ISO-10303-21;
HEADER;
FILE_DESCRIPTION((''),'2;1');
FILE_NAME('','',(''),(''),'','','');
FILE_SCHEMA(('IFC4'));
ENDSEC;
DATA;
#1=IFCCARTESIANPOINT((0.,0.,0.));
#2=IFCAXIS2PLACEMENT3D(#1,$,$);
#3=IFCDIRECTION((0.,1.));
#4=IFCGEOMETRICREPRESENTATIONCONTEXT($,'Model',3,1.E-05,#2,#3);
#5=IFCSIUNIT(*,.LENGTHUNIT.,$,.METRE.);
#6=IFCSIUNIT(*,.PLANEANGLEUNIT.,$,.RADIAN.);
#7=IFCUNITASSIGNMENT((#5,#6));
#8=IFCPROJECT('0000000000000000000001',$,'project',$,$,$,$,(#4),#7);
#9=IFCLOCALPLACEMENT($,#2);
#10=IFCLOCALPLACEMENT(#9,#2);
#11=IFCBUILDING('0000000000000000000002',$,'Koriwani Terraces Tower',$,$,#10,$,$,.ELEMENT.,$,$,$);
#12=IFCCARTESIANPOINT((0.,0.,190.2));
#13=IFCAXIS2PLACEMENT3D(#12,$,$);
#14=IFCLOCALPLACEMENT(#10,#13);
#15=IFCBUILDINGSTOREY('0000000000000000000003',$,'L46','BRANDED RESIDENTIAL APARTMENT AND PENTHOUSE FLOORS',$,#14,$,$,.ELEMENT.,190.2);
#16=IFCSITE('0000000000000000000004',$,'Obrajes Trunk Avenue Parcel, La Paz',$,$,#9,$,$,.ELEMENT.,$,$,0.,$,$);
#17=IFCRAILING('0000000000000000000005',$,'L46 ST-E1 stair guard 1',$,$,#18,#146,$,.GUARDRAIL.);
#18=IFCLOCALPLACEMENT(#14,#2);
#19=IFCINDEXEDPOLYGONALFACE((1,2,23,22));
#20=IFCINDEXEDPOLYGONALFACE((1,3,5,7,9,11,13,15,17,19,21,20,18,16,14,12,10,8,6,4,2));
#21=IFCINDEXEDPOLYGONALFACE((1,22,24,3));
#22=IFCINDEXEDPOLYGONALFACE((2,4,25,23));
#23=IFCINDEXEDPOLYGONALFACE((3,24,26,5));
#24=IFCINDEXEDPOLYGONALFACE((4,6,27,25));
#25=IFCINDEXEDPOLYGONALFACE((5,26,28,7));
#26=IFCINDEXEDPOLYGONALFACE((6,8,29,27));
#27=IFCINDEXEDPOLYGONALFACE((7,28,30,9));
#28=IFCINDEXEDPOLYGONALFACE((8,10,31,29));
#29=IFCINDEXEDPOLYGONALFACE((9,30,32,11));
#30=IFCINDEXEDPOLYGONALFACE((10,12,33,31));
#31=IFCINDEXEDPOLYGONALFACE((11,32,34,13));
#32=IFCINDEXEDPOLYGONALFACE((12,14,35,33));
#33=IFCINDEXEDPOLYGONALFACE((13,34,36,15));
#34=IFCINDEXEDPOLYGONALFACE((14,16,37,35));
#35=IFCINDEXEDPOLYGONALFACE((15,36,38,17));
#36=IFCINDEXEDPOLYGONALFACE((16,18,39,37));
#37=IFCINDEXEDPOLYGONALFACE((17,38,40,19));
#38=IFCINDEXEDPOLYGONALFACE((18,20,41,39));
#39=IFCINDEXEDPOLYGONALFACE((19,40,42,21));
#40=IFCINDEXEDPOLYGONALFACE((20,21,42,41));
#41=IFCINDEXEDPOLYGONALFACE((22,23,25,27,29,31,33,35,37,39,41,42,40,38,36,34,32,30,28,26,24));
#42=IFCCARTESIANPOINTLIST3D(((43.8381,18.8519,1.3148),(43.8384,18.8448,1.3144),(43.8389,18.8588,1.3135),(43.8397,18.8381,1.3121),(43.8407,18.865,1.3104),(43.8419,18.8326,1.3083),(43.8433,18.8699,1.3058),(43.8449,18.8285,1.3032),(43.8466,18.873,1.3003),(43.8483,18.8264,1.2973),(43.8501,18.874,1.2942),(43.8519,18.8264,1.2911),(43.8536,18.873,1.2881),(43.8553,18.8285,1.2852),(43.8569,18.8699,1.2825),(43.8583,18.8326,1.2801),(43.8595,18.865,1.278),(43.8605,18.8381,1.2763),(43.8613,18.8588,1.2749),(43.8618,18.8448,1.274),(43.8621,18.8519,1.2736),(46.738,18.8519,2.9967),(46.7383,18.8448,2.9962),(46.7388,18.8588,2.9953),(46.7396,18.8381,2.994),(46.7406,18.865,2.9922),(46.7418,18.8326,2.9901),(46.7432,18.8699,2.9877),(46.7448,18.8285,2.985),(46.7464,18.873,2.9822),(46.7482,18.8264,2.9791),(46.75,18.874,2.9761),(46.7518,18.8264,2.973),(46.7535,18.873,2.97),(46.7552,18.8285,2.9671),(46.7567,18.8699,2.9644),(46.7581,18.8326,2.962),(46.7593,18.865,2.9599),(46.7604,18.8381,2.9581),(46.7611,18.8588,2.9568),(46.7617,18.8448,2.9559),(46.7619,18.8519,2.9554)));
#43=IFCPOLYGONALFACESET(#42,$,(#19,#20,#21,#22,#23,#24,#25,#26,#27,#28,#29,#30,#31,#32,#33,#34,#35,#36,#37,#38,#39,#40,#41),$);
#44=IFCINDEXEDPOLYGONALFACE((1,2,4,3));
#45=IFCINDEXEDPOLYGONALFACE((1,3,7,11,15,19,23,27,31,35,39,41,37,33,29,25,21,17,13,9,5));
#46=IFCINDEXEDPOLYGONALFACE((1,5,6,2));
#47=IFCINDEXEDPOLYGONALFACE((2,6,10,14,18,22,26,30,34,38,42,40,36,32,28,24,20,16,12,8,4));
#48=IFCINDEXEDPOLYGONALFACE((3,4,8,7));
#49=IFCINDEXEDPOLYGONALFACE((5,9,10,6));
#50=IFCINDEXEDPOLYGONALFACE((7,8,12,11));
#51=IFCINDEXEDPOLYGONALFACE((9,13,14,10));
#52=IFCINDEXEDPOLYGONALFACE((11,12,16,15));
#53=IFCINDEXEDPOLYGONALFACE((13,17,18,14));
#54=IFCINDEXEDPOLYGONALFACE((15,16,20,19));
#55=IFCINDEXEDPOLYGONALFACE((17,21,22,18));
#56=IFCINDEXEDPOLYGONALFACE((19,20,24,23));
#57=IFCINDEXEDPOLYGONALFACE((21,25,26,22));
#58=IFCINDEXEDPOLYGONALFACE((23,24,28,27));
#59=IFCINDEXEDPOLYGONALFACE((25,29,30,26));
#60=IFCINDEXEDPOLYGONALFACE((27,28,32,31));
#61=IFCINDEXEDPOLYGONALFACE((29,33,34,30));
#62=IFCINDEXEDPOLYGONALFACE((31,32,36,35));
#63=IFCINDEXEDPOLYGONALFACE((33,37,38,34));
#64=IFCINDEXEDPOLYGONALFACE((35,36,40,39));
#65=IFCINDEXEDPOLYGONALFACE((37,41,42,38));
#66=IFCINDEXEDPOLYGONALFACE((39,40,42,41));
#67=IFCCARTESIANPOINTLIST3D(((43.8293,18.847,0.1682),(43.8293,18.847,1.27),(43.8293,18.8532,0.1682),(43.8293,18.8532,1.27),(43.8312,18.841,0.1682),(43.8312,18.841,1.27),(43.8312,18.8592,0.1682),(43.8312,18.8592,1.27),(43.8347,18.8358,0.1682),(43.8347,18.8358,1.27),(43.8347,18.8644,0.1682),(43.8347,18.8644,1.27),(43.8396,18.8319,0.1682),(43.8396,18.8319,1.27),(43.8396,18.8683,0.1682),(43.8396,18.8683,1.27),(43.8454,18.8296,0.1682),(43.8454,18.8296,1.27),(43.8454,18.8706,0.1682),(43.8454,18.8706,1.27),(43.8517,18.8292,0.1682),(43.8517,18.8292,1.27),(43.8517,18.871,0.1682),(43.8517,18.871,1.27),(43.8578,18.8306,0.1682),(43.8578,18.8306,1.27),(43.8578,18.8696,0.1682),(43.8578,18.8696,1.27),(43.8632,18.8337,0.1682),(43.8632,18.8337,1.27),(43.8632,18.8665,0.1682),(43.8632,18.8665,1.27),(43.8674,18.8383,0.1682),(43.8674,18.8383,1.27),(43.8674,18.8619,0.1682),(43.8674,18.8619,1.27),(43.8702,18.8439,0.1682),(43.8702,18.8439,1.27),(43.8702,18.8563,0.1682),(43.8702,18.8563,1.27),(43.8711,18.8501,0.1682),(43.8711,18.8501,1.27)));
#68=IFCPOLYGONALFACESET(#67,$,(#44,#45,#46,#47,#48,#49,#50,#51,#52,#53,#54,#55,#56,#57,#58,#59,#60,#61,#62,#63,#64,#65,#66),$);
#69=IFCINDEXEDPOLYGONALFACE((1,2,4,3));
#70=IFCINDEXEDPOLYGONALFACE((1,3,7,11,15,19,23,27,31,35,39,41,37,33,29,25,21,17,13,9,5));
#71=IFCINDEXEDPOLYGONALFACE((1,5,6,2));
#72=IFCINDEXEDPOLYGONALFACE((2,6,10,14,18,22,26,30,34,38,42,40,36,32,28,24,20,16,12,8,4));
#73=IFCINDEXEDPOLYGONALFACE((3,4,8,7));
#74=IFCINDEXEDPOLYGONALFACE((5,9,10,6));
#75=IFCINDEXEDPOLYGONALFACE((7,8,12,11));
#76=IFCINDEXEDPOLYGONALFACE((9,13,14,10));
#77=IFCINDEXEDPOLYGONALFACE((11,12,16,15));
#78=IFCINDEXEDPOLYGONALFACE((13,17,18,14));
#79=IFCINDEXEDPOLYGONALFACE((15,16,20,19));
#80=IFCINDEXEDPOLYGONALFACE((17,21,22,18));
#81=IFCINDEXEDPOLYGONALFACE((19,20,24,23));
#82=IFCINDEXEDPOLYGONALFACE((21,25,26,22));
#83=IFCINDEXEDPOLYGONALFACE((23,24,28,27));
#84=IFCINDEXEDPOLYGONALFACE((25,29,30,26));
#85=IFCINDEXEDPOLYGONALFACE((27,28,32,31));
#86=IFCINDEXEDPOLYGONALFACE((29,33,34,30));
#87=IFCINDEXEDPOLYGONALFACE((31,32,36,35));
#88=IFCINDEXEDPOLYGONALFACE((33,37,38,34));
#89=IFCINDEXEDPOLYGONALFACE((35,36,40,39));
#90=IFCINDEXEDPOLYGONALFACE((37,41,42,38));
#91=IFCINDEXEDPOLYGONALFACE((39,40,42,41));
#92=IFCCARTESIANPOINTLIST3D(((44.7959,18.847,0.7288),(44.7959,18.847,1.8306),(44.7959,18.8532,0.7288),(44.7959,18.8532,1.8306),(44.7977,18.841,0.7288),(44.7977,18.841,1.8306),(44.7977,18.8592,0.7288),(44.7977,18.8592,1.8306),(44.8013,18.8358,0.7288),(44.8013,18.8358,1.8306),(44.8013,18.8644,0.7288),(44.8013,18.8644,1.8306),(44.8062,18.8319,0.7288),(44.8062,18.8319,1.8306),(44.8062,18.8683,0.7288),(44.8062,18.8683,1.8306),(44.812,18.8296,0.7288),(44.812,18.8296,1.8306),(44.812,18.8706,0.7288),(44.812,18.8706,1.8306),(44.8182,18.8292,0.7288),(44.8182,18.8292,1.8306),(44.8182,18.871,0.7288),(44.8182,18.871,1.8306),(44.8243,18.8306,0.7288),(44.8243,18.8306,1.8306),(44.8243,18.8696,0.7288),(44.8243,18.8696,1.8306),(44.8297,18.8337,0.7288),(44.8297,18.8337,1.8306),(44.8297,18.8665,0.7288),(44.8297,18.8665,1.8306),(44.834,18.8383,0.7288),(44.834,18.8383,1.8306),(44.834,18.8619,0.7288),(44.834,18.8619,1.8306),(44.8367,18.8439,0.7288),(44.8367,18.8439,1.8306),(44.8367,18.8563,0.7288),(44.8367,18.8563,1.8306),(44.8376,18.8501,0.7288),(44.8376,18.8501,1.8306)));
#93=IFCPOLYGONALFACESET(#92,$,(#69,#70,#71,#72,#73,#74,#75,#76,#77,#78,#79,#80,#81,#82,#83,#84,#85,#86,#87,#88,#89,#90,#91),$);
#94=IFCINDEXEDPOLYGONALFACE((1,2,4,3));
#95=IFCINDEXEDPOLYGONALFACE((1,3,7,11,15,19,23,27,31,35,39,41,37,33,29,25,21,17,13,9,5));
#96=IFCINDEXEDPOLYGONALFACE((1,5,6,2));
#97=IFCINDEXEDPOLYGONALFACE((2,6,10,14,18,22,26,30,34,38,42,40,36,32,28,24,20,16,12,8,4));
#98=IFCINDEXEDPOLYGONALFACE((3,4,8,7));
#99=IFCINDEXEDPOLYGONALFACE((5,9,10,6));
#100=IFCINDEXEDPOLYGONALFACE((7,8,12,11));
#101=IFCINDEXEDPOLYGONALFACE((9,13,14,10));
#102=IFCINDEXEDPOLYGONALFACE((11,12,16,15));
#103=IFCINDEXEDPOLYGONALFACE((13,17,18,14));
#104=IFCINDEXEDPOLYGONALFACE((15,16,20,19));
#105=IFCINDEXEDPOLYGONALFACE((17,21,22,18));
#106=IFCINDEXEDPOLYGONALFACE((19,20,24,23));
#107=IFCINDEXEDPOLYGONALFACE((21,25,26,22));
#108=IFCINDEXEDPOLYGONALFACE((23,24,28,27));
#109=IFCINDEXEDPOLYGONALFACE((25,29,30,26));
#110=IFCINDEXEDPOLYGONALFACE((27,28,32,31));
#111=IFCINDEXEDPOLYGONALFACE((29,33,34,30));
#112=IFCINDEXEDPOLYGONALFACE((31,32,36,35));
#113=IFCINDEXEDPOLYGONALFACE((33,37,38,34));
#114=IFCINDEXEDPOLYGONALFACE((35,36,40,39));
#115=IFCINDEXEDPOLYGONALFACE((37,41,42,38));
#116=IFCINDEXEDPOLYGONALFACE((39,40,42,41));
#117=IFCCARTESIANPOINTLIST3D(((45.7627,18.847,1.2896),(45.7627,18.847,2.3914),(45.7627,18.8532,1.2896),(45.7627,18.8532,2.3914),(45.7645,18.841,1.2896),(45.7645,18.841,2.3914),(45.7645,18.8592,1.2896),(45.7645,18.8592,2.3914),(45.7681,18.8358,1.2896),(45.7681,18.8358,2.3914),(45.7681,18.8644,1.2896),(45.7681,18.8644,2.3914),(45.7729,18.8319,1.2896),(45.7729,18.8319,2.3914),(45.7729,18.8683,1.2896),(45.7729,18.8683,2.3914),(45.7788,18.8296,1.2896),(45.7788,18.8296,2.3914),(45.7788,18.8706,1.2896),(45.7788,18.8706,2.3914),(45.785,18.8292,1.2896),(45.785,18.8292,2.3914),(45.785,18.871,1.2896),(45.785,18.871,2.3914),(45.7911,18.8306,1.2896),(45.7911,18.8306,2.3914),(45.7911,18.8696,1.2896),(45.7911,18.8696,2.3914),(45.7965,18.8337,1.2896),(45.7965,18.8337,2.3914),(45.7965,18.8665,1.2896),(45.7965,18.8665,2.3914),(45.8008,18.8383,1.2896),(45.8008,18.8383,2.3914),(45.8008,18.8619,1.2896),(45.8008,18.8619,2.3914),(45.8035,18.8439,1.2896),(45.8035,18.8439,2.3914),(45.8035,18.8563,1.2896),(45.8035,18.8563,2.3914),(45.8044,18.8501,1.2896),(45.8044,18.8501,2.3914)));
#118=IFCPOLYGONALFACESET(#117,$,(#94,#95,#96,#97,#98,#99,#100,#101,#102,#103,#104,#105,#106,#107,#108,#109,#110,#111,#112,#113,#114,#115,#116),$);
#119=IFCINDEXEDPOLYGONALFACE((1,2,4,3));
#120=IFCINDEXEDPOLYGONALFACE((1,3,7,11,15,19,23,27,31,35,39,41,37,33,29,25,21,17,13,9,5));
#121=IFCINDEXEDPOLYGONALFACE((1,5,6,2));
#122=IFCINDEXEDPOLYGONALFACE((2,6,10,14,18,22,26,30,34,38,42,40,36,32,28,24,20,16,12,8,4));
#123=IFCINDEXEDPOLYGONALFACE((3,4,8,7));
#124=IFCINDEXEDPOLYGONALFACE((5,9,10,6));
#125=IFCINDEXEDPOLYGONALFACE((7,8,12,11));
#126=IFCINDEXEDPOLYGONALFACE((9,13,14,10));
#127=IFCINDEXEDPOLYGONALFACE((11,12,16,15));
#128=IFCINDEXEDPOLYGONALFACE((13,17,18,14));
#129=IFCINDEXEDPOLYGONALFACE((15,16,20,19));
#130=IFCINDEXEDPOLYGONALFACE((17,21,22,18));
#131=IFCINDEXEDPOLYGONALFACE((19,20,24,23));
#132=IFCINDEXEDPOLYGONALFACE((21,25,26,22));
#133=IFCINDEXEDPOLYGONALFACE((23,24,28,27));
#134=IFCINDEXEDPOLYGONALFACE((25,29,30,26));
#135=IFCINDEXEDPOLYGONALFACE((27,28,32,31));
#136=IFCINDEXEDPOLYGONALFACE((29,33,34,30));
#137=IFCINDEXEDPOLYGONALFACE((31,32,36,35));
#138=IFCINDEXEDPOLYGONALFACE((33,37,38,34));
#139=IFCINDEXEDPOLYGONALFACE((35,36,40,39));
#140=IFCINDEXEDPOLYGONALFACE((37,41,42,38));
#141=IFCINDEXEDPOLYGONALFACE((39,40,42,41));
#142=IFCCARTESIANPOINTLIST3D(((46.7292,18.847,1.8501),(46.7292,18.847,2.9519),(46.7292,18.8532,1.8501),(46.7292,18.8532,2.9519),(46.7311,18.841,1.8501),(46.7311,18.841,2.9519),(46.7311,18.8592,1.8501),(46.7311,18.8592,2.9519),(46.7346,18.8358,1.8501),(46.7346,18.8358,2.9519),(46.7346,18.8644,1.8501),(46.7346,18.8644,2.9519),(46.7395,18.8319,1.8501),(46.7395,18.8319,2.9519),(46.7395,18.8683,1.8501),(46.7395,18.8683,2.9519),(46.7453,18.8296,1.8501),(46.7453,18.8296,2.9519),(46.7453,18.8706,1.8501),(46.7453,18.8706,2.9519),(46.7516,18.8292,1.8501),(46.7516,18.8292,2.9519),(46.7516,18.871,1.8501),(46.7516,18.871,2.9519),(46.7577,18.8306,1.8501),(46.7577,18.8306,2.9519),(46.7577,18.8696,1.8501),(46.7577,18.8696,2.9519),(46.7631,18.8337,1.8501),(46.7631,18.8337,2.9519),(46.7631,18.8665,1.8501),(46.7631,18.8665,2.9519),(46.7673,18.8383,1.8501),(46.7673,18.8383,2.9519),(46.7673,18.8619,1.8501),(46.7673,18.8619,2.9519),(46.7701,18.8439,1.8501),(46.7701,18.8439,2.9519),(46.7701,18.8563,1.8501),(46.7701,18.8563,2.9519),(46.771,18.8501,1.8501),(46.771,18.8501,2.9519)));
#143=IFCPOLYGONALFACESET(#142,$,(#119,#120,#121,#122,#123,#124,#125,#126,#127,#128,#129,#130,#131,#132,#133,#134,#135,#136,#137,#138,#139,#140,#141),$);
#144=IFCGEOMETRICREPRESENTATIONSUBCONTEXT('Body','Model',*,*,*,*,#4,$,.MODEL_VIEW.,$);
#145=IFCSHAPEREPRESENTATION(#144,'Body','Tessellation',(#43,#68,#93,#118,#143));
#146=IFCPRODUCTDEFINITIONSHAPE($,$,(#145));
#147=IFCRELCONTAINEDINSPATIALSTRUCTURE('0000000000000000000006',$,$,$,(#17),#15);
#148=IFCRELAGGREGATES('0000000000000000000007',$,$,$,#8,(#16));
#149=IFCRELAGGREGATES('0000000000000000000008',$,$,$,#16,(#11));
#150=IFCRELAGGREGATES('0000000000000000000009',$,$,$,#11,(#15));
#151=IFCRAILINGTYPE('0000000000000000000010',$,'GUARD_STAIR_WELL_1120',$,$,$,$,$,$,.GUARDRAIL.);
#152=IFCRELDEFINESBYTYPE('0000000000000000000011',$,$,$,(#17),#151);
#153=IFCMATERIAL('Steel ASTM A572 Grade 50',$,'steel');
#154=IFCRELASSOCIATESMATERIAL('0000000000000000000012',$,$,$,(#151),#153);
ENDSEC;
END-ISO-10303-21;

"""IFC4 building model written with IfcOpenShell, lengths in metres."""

from ifc_helpers import new_model, si_unit, direction, frame, origin, origin_2d, place, context, subcontext, project, spatial, circle, extrude, material, type_object, element, save


model = new_model("IFC4")

# Units and contexts
model_context = context("Model", 3, precision=1e-05, world=origin(), true_north=direction((0.0, 1.0)))
body_context = subcontext(model_context, "Body", "Model", "MODEL_VIEW")
ifc_project = project(units=[si_unit("LENGTHUNIT", "METRE"), si_unit("PLANEANGLEUNIT", "RADIAN")], contexts=[model_context])

# Site, building, storey
site_placement = place(None, origin())
site = spatial("IfcSite", under=ifc_project, at=site_placement, Name="Obrajes Trunk Avenue Parcel, La Paz", CompositionType="ELEMENT", RefElevation=0.0)
building_placement = place(site_placement, origin())
building = spatial("IfcBuilding", under=site, at=building_placement, Name="Koriwani Terraces Tower", CompositionType="ELEMENT")
storey_placement = place(building_placement, frame((0.0, 0.0, 190.2)))
storey = spatial("IfcBuildingStorey", under=building, at=storey_placement, Name="L46", Description="BRANDED RESIDENTIAL APARTMENT AND PENTHOUSE FLOORS", CompositionType="ELEMENT", Elevation=190.2)

# Shared definitions
ifc_material_1 = material(Name="Steel ASTM A572 Grade 50", Category="steel")

# Railing
railing_type_1 = type_object("IfcRailingType", Name="GUARD_STAIR_WELL_1120", PredefinedType="GUARDRAIL", material=ifc_material_1)
railing_1_placement = place(storey_placement, frame((43.8501, 18.8501, 0.1682)))
element("IfcRailing", 1, at=railing_1_placement, inside=storey, type_object=railing_type_1, Name="L46 ST-E1 stair guard 1", PredefinedType="GUARDRAIL", context=body_context, shape_type="SweptSolid", body=[
    extrude(circle(Radius=0.0239, at=origin_2d()), frame((0.0, 0.0, 1.126), z_axis=(0.865039, 0.0, 0.501705), x_axis=(0.0, 1.0, 0.0)), (0.0, 0.0, 1.0), 3.3523),
    extrude(circle(Radius=0.021, at=origin_2d()), origin(), (0.0, 0.0, 1.0), 1.1018),
    extrude(circle(Radius=0.021, at=origin_2d()), frame((0.9666, 0.0, 0.5605)), (0.0, 0.0, 1.0), 1.1018),
    extrude(circle(Radius=0.021, at=origin_2d()), frame((1.9333, 0.0, 1.1213)), (0.0, 0.0, 1.0), 1.1018),
    extrude(circle(Radius=0.021, at=origin_2d()), frame((2.8999, 0.0, 1.6819)), (0.0, 0.0, 1.0), 1.1018),
])

save(model, "model.ifc")
